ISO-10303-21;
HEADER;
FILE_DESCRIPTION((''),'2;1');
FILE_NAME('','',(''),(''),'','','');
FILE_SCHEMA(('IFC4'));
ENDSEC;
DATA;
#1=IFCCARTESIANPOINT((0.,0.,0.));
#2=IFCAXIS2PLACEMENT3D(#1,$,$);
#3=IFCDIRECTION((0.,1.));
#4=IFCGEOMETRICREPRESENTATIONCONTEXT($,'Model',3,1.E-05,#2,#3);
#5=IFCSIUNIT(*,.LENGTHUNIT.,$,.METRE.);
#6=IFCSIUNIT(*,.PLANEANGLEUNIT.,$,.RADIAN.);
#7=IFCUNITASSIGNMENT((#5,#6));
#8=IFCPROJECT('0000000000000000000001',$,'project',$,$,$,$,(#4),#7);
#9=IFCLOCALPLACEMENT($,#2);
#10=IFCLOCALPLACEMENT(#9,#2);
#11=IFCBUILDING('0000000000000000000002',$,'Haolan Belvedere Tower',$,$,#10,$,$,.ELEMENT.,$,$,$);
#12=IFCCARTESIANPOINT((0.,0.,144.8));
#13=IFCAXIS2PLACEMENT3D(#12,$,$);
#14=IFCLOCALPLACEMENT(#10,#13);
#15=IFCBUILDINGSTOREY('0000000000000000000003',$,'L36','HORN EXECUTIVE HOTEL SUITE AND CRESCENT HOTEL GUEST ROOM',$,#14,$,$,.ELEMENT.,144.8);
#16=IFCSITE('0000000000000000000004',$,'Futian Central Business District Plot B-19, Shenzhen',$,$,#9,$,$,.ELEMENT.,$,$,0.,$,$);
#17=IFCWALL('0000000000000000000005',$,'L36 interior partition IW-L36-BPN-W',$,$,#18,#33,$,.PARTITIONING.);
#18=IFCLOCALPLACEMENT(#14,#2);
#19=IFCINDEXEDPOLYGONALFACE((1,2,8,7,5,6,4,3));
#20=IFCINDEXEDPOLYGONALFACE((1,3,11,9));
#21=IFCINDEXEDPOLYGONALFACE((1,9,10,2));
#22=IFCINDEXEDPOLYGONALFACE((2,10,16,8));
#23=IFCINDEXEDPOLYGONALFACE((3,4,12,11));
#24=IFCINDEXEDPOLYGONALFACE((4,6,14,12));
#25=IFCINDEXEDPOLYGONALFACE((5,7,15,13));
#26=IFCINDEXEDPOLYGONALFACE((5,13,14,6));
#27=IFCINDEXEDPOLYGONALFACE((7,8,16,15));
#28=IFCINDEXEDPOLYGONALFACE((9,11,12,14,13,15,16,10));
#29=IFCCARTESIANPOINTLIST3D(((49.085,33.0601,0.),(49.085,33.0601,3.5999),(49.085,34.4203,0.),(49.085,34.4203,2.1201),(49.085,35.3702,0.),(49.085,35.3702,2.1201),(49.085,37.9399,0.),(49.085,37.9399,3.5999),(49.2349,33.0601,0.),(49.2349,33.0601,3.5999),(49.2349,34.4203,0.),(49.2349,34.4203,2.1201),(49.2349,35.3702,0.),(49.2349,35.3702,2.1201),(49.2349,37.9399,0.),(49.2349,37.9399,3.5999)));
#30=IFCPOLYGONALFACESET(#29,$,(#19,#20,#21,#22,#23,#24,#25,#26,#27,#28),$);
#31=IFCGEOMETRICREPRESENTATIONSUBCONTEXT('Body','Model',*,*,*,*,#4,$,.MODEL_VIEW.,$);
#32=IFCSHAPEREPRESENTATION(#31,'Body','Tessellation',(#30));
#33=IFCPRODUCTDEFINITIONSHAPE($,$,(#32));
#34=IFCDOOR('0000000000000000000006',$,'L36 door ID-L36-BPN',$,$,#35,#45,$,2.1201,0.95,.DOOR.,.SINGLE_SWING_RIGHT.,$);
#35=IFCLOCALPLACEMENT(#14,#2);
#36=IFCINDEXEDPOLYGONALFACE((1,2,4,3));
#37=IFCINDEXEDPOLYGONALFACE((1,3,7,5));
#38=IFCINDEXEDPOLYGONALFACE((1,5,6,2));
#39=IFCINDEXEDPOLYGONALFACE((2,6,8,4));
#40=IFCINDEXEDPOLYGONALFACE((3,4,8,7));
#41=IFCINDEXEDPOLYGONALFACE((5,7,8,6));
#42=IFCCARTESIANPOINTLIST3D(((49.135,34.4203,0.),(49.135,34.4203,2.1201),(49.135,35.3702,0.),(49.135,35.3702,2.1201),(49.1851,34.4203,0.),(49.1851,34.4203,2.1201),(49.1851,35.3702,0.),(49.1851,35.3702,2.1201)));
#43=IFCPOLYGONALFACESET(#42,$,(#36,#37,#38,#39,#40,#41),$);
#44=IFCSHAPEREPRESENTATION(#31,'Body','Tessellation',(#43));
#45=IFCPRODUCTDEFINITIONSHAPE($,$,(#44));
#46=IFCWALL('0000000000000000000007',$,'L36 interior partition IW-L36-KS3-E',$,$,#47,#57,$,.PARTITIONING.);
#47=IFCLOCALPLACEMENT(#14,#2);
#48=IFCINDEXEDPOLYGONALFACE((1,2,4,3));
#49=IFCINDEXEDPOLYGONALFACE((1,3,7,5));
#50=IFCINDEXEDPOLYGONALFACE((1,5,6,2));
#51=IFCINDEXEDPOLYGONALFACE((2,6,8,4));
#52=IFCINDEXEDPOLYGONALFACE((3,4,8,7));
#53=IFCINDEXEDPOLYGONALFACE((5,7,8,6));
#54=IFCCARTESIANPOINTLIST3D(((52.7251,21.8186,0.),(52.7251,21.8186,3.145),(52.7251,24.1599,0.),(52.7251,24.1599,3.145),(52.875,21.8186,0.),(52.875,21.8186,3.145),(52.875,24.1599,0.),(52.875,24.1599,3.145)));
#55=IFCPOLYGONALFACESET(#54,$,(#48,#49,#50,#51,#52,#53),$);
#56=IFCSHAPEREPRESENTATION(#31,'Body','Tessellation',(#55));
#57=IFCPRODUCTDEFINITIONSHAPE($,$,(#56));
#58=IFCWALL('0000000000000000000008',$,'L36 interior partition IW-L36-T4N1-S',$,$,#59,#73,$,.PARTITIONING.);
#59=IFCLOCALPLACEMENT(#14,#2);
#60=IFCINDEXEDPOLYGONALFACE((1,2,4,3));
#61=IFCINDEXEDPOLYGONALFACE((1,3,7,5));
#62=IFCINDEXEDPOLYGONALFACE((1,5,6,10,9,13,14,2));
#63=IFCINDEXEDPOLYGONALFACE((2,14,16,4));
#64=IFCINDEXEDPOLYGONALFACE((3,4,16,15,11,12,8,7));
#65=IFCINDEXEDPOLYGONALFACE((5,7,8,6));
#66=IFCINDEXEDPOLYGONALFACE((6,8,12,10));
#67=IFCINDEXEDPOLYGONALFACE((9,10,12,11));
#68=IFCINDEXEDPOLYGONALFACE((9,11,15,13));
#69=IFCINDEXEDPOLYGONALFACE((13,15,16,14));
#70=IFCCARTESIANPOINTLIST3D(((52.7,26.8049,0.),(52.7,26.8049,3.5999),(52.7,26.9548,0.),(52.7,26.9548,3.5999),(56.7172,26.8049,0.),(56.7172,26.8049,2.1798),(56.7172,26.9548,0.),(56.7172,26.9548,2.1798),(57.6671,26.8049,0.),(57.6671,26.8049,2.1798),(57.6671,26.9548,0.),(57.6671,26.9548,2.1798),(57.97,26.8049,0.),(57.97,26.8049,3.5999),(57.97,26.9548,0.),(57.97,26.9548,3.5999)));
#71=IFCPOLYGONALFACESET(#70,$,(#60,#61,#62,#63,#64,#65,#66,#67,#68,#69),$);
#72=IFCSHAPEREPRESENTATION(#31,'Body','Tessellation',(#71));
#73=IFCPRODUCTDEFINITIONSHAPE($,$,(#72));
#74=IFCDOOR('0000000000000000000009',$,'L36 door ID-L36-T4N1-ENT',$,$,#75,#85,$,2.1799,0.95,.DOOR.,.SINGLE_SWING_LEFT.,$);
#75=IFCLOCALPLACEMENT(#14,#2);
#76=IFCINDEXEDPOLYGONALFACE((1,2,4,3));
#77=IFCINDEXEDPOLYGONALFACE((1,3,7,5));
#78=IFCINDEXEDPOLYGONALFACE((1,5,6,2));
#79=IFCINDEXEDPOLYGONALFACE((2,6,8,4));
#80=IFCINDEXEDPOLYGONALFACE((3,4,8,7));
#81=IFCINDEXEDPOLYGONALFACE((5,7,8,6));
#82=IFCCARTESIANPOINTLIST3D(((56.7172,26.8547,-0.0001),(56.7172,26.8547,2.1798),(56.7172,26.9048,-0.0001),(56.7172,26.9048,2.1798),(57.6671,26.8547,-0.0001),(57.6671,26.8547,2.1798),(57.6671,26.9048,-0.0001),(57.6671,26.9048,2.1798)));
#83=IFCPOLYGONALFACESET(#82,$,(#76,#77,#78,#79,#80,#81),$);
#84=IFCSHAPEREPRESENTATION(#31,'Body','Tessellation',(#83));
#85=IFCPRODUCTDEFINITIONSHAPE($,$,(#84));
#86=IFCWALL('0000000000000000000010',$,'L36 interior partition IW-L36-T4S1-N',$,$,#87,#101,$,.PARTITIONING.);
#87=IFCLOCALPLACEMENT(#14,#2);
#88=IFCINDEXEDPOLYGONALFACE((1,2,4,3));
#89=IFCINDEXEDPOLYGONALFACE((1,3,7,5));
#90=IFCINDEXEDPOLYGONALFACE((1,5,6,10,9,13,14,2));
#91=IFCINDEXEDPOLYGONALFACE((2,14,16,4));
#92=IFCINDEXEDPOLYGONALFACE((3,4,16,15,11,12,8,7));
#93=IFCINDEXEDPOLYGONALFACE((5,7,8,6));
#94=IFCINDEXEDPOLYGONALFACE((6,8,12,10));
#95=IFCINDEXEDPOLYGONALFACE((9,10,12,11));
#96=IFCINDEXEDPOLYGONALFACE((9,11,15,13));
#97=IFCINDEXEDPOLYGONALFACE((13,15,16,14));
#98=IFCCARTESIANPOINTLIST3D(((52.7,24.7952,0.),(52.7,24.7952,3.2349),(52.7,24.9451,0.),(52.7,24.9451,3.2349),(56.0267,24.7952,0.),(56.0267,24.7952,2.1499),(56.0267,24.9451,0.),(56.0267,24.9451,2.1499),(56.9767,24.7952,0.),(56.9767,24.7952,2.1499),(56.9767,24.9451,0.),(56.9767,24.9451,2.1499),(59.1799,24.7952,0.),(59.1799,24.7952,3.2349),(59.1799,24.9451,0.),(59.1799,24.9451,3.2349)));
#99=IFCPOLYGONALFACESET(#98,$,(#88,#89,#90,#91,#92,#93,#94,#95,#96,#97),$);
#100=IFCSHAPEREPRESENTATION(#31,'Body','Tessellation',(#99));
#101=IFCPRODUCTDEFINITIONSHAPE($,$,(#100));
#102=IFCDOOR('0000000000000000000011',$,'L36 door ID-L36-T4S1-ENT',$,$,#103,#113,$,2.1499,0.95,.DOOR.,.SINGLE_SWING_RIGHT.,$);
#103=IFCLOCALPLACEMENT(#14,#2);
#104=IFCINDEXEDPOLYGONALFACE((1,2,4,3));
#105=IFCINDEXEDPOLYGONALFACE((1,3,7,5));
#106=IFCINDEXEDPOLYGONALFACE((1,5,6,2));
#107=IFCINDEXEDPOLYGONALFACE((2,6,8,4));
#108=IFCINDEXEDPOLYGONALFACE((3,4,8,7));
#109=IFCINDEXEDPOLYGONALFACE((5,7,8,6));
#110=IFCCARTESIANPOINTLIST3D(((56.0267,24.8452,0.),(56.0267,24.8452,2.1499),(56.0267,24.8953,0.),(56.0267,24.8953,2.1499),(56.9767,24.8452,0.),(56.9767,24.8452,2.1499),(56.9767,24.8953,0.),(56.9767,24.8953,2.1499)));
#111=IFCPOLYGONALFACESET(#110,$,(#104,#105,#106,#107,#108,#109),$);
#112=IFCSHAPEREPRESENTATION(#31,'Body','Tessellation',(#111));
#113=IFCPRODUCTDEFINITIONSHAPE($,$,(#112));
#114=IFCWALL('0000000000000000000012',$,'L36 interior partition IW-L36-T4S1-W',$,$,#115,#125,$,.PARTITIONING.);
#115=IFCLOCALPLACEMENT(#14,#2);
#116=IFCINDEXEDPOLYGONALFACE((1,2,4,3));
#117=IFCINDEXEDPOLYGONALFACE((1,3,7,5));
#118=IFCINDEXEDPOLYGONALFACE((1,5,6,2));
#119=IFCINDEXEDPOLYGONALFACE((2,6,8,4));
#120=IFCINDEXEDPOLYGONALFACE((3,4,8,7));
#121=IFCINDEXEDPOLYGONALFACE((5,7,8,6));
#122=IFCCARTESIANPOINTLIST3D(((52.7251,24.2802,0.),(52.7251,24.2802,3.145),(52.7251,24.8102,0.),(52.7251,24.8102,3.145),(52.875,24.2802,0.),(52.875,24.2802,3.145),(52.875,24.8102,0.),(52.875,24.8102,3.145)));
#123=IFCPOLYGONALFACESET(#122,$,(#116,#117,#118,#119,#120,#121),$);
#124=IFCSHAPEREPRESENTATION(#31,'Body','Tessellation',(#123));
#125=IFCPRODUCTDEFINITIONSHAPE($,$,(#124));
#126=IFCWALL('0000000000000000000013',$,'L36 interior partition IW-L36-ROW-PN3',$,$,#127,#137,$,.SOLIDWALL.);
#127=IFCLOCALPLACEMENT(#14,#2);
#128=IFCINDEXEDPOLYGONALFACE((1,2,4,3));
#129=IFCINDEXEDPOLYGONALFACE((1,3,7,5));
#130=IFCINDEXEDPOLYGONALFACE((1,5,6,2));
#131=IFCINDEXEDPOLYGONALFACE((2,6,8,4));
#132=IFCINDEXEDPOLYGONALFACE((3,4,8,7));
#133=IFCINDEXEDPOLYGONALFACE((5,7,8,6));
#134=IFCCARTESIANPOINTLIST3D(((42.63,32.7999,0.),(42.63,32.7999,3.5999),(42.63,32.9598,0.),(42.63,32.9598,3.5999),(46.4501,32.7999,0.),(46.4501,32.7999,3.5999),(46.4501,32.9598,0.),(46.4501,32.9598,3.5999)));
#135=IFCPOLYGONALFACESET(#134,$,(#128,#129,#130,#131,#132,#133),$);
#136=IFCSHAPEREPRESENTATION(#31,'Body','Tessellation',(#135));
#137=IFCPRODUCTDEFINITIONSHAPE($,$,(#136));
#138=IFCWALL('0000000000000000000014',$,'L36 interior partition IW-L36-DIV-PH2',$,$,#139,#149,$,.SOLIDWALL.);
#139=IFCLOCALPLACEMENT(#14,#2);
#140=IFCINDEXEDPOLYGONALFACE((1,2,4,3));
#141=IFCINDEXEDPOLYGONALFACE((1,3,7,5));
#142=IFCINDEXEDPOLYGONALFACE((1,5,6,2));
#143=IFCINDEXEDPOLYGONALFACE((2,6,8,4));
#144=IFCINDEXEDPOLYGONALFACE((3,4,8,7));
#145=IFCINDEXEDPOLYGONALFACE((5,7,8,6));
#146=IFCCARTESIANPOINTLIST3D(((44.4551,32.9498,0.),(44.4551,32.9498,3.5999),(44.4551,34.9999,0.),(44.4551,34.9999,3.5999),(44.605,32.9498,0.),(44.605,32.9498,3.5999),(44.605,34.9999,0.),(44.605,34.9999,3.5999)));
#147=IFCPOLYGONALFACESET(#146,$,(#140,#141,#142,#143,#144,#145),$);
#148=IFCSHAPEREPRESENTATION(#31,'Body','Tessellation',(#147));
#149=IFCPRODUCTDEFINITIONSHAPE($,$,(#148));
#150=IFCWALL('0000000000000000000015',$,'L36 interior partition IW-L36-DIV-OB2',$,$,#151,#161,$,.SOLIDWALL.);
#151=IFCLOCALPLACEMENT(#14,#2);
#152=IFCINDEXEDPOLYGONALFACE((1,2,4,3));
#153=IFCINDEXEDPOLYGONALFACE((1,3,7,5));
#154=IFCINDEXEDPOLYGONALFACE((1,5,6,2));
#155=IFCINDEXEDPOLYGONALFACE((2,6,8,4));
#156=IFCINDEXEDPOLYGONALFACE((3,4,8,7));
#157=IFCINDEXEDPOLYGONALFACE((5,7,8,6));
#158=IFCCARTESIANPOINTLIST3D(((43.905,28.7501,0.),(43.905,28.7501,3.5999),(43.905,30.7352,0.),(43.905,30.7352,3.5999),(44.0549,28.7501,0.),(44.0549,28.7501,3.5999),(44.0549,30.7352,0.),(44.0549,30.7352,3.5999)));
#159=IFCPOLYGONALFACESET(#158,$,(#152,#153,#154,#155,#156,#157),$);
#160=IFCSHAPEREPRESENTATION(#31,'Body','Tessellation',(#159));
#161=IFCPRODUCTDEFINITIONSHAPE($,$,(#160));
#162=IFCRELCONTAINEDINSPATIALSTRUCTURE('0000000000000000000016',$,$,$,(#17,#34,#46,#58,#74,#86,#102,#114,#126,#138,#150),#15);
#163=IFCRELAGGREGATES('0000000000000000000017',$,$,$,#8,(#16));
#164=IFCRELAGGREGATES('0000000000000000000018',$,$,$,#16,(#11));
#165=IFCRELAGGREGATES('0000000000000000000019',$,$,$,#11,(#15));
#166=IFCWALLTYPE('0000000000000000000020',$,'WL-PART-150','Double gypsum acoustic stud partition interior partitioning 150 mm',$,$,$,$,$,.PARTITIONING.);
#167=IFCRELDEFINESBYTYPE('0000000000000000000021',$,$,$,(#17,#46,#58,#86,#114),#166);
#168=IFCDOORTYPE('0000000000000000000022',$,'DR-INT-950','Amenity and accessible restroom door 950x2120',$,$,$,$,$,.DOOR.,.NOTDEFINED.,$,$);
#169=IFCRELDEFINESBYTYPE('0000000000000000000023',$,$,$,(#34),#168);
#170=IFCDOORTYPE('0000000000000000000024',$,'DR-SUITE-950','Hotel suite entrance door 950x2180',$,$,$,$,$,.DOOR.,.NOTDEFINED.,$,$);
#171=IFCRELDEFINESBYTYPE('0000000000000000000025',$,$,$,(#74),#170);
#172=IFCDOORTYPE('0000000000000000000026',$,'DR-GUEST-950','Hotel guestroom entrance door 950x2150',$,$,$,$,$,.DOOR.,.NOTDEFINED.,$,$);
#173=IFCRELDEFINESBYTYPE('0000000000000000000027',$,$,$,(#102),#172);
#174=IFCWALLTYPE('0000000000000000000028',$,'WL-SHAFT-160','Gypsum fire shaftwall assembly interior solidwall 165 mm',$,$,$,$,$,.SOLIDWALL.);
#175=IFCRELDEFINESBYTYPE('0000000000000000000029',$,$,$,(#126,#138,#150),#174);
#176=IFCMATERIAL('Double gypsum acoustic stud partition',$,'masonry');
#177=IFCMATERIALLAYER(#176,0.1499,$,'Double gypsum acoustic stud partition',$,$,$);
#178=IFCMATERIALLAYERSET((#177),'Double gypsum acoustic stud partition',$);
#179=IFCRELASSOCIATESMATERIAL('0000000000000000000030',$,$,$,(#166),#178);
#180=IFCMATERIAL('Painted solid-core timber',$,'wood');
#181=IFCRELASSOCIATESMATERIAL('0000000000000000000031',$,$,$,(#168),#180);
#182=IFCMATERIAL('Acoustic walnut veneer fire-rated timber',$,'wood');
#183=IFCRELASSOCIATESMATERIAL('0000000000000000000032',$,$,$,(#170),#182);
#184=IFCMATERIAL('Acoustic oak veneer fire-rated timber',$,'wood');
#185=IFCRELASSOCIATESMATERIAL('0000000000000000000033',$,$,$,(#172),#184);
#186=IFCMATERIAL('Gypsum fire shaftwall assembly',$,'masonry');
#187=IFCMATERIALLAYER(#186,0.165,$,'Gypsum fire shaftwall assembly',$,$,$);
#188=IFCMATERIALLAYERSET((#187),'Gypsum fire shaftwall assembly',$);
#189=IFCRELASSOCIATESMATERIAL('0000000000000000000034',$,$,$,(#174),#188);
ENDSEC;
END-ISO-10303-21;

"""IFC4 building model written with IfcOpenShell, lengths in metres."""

from ifc_helpers import new_model, si_unit, direction, frame, frame_2d, origin, place, context, subcontext, project, spatial, rectangle, extrude, material, layer, layer_set, type_object, element, fill, save


model = new_model("IFC4")

# Units and contexts
model_context = context("Model", 3, precision=1e-05, world=origin(), true_north=direction((0.0, 1.0)))
body_context = subcontext(model_context, "Body", "Model", "MODEL_VIEW")
ifc_project = project(units=[si_unit("LENGTHUNIT", "METRE"), si_unit("PLANEANGLEUNIT", "RADIAN")], contexts=[model_context])

# Site, building, storey
site_placement = place(None, origin())
site = spatial("IfcSite", under=ifc_project, at=site_placement, Name="Futian Central Business District Plot B-19, Shenzhen", CompositionType="ELEMENT", RefElevation=0.0)
building_placement = place(site_placement, origin())
building = spatial("IfcBuilding", under=site, at=building_placement, Name="Haolan Belvedere Tower", CompositionType="ELEMENT")
storey_placement = place(building_placement, frame((0.0, 0.0, 144.8)))
storey = spatial("IfcBuildingStorey", under=building, at=storey_placement, Name="L36", Description="HORN EXECUTIVE HOTEL SUITE AND CRESCENT HOTEL GUEST ROOM", CompositionType="ELEMENT", Elevation=144.8)

# Shared definitions
ifc_material_1 = material(Name="Double gypsum acoustic stud partition", Category="masonry")
ifc_layer_1 = layer(ifc_material_1, 0.1499, Name="Double gypsum acoustic stud partition")
ifc_layer_set_1 = layer_set([ifc_layer_1], Name="Double gypsum acoustic stud partition")
wall_type_1 = type_object("IfcWallType", Name="WL-PART-150", Description="Double gypsum acoustic stud partition interior partitioning 150 mm", PredefinedType="PARTITIONING", material=ifc_layer_set_1)

# Wall, opening, door
wall_1_placement = place(storey_placement, frame((49.1599, 33.0601, 0.0), z_axis=(0.0, 0.0, 1.0), x_axis=(0.0, 1.0, 0.0)))
wall_1 = element("IfcWall", 1, at=wall_1_placement, inside=storey, type_object=wall_type_1, Name="L36 interior partition IW-L36-BPN-W", PredefinedType="PARTITIONING", context=body_context, shape_type="SweptSolid", body=[
    extrude(rectangle(XDim=4.8799, YDim=0.1499, at=frame_2d((2.4399, 0.0))), origin(), (0.0, 0.0, 1.0), 3.5999),
])
opening_1_placement = place(wall_1_placement, frame((1.3601, 0.0, 0.0)))
opening_1 = element("IfcOpeningElement", 2, at=opening_1_placement, cuts=wall_1, PredefinedType="OPENING", context=body_context, shape_type="SweptSolid", body=[
    extrude(rectangle(XDim=0.95, YDim=2.1201, at=frame_2d((0.4751, 1.0601))), frame((0.0, 0.085, 0.0), z_axis=(0.0, -1.0, 0.0), x_axis=(1.0, 0.0, 0.0)), (0.0, 0.0, 1.0), 0.1699),
])
ifc_material_2 = material(Name="Painted solid-core timber", Category="wood")
door_type_1 = type_object("IfcDoorType", Name="DR-INT-950", Description="Amenity and accessible restroom door 950x2120", OperationType="NOTDEFINED", PredefinedType="DOOR", material=ifc_material_2)
door_1_placement = place(opening_1_placement, origin())
door_1 = element("IfcDoor", 3, at=door_1_placement, inside=storey, type_object=door_type_1, Name="L36 door ID-L36-BPN", OperationType="SINGLE_SWING_RIGHT", OverallHeight=2.1201, OverallWidth=0.95, PredefinedType="DOOR", context=body_context, shape_type="SweptSolid", body=[
    extrude(rectangle(XDim=0.95, YDim=2.1201, at=frame_2d((0.4751, 1.0601))), frame((0.0, 0.0249, 0.0), z_axis=(0.0, -1.0, 0.0), x_axis=(1.0, 0.0, 0.0)), (0.0, 0.0, 1.0), 0.05),
])
fill(opening_1, door_1)

# Wall
wall_2_placement = place(storey_placement, frame((52.8, 21.8186, 0.0), z_axis=(0.0, 0.0, 1.0), x_axis=(0.0, 1.0, 0.0)))
element("IfcWall", 4, at=wall_2_placement, inside=storey, type_object=wall_type_1, Name="L36 interior partition IW-L36-KS3-E", PredefinedType="PARTITIONING", context=body_context, shape_type="SweptSolid", body=[
    extrude(rectangle(XDim=2.3413, YDim=0.1499, at=frame_2d((1.1707, 0.0))), origin(), (0.0, 0.0, 1.0), 3.145),
])

# Walls, openings, doors
wall_3_placement = place(storey_placement, frame((52.7, 26.8799, 0.0), z_axis=(0.0, 0.0, 1.0), x_axis=(1.0, 0.0, 0.0)))
wall_3 = element("IfcWall", 5, at=wall_3_placement, inside=storey, type_object=wall_type_1, Name="L36 interior partition IW-L36-T4N1-S", PredefinedType="PARTITIONING", context=body_context, shape_type="SweptSolid", body=[
    extrude(rectangle(XDim=5.27, YDim=0.1499, at=frame_2d((2.635, 0.0))), origin(), (0.0, 0.0, 1.0), 3.5999),
])
opening_2_placement = place(wall_3_placement, frame((4.0171, 0.0, 0.0)))
opening_2 = element("IfcOpeningElement", 6, at=opening_2_placement, cuts=wall_3, PredefinedType="OPENING", context=body_context, shape_type="SweptSolid", body=[
    extrude(rectangle(XDim=0.95, YDim=2.1799, at=frame_2d((0.4751, 1.0898))), frame((0.0, 0.085, 0.0), z_axis=(0.0, -1.0, 0.0), x_axis=(1.0, 0.0, 0.0)), (0.0, 0.0, 1.0), 0.1699),
])
ifc_material_3 = material(Name="Acoustic walnut veneer fire-rated timber", Category="wood")
door_type_2 = type_object("IfcDoorType", Name="DR-SUITE-950", Description="Hotel suite entrance door 950x2180", OperationType="NOTDEFINED", PredefinedType="DOOR", material=ifc_material_3)
door_2_placement = place(opening_2_placement, origin())
door_2 = element("IfcDoor", 7, at=door_2_placement, inside=storey, type_object=door_type_2, Name="L36 door ID-L36-T4N1-ENT", OperationType="SINGLE_SWING_LEFT", OverallHeight=2.1799, OverallWidth=0.95, PredefinedType="DOOR", context=body_context, shape_type="SweptSolid", body=[
    extrude(rectangle(XDim=0.95, YDim=2.1799, at=frame_2d((0.4751, 1.0898))), frame((0.0, 0.0249, 0.0), z_axis=(0.0, -1.0, 0.0), x_axis=(1.0, 0.0, 0.0)), (0.0, 0.0, 1.0), 0.05),
])
fill(opening_2, door_2)
wall_4_placement = place(storey_placement, frame((52.7, 24.8701, 0.0), z_axis=(0.0, 0.0, 1.0), x_axis=(1.0, 0.0, 0.0)))
wall_4 = element("IfcWall", 8, at=wall_4_placement, inside=storey, type_object=wall_type_1, Name="L36 interior partition IW-L36-T4S1-N", PredefinedType="PARTITIONING", context=body_context, shape_type="SweptSolid", body=[
    extrude(rectangle(XDim=6.48, YDim=0.1499, at=frame_2d((3.24, 0.0))), origin(), (0.0, 0.0, 1.0), 3.2349),
])
opening_3_placement = place(wall_4_placement, frame((4.2769, 0.0, 0.0), z_axis=(0.0, 0.0, 1.0), x_axis=(-1.0, 0.0, 0.0)))
opening_3 = element("IfcOpeningElement", 9, at=opening_3_placement, cuts=wall_4, PredefinedType="OPENING", context=body_context, shape_type="SweptSolid", body=[
    extrude(rectangle(XDim=0.95, YDim=2.1499, at=frame_2d((0.4751, 1.075))), frame((0.0, 0.085, 0.0), z_axis=(0.0, -1.0, 0.0), x_axis=(1.0, 0.0, 0.0)), (0.0, 0.0, 1.0), 0.1699),
])
ifc_material_4 = material(Name="Acoustic oak veneer fire-rated timber", Category="wood")
door_type_3 = type_object("IfcDoorType", Name="DR-GUEST-950", Description="Hotel guestroom entrance door 950x2150", OperationType="NOTDEFINED", PredefinedType="DOOR", material=ifc_material_4)
door_3_placement = place(opening_3_placement, origin())
door_3 = element("IfcDoor", 10, at=door_3_placement, inside=storey, type_object=door_type_3, Name="L36 door ID-L36-T4S1-ENT", OperationType="SINGLE_SWING_RIGHT", OverallHeight=2.1499, OverallWidth=0.95, PredefinedType="DOOR", context=body_context, shape_type="SweptSolid", body=[
    extrude(rectangle(XDim=0.95, YDim=2.1499, at=frame_2d((0.4751, 1.075))), frame((0.0, 0.0249, 0.0), z_axis=(0.0, -1.0, 0.0), x_axis=(1.0, 0.0, 0.0)), (0.0, 0.0, 1.0), 0.05),
])
fill(opening_3, door_3)

# Walls
wall_5_placement = place(storey_placement, frame((52.8, 24.28, 0.0), z_axis=(0.0, 0.0, 1.0), x_axis=(0.0, 1.0, 0.0)))
element("IfcWall", 11, at=wall_5_placement, inside=storey, type_object=wall_type_1, Name="L36 interior partition IW-L36-T4S1-W", PredefinedType="PARTITIONING", context=body_context, shape_type="SweptSolid", body=[
    extrude(rectangle(XDim=0.53, YDim=0.1499, at=frame_2d((0.2651, 0.0))), origin(), (0.0, 0.0, 1.0), 3.145),
])
ifc_material_5 = material(Name="Gypsum fire shaftwall assembly", Category="masonry")
ifc_layer_2 = layer(ifc_material_5, 0.165, Name="Gypsum fire shaftwall assembly")
ifc_layer_set_2 = layer_set([ifc_layer_2], Name="Gypsum fire shaftwall assembly")
wall_type_2 = type_object("IfcWallType", Name="WL-SHAFT-160", Description="Gypsum fire shaftwall assembly interior solidwall 165 mm", PredefinedType="SOLIDWALL", material=ifc_layer_set_2)
wall_6_placement = place(storey_placement, frame((42.6299, 32.8799, 0.0), z_axis=(0.0, 0.0, 1.0), x_axis=(1.0, 0.0, 0.0)))
element("IfcWall", 12, at=wall_6_placement, inside=storey, type_object=wall_type_2, Name="L36 interior partition IW-L36-ROW-PN3", PredefinedType="SOLIDWALL", context=body_context, shape_type="SweptSolid", body=[
    extrude(rectangle(XDim=3.8201, YDim=0.1599, at=frame_2d((1.9102, 0.0))), origin(), (0.0, 0.0, 1.0), 3.5999),
])
wall_7_placement = place(storey_placement, frame((44.53, 32.95, 0.0), z_axis=(0.0, 0.0, 1.0), x_axis=(0.0, 1.0, 0.0)))
element("IfcWall", 13, at=wall_7_placement, inside=storey, type_object=wall_type_2, Name="L36 interior partition IW-L36-DIV-PH2", PredefinedType="SOLIDWALL", context=body_context, shape_type="SweptSolid", body=[
    extrude(rectangle(XDim=2.05, YDim=0.1499, at=frame_2d((1.0249, 0.0))), origin(), (0.0, 0.0, 1.0), 3.5999),
])
wall_8_placement = place(storey_placement, frame((43.98, 28.75, 0.0), z_axis=(0.0, 0.0, 1.0), x_axis=(0.0, 1.0, 0.0)))
element("IfcWall", 14, at=wall_8_placement, inside=storey, type_object=wall_type_2, Name="L36 interior partition IW-L36-DIV-OB2", PredefinedType="SOLIDWALL", context=body_context, shape_type="SweptSolid", body=[
    extrude(rectangle(XDim=1.9851, YDim=0.1499, at=frame_2d((0.9927, 0.0))), origin(), (0.0, 0.0, 1.0), 3.5999),
])

save(model, "model.ifc")
